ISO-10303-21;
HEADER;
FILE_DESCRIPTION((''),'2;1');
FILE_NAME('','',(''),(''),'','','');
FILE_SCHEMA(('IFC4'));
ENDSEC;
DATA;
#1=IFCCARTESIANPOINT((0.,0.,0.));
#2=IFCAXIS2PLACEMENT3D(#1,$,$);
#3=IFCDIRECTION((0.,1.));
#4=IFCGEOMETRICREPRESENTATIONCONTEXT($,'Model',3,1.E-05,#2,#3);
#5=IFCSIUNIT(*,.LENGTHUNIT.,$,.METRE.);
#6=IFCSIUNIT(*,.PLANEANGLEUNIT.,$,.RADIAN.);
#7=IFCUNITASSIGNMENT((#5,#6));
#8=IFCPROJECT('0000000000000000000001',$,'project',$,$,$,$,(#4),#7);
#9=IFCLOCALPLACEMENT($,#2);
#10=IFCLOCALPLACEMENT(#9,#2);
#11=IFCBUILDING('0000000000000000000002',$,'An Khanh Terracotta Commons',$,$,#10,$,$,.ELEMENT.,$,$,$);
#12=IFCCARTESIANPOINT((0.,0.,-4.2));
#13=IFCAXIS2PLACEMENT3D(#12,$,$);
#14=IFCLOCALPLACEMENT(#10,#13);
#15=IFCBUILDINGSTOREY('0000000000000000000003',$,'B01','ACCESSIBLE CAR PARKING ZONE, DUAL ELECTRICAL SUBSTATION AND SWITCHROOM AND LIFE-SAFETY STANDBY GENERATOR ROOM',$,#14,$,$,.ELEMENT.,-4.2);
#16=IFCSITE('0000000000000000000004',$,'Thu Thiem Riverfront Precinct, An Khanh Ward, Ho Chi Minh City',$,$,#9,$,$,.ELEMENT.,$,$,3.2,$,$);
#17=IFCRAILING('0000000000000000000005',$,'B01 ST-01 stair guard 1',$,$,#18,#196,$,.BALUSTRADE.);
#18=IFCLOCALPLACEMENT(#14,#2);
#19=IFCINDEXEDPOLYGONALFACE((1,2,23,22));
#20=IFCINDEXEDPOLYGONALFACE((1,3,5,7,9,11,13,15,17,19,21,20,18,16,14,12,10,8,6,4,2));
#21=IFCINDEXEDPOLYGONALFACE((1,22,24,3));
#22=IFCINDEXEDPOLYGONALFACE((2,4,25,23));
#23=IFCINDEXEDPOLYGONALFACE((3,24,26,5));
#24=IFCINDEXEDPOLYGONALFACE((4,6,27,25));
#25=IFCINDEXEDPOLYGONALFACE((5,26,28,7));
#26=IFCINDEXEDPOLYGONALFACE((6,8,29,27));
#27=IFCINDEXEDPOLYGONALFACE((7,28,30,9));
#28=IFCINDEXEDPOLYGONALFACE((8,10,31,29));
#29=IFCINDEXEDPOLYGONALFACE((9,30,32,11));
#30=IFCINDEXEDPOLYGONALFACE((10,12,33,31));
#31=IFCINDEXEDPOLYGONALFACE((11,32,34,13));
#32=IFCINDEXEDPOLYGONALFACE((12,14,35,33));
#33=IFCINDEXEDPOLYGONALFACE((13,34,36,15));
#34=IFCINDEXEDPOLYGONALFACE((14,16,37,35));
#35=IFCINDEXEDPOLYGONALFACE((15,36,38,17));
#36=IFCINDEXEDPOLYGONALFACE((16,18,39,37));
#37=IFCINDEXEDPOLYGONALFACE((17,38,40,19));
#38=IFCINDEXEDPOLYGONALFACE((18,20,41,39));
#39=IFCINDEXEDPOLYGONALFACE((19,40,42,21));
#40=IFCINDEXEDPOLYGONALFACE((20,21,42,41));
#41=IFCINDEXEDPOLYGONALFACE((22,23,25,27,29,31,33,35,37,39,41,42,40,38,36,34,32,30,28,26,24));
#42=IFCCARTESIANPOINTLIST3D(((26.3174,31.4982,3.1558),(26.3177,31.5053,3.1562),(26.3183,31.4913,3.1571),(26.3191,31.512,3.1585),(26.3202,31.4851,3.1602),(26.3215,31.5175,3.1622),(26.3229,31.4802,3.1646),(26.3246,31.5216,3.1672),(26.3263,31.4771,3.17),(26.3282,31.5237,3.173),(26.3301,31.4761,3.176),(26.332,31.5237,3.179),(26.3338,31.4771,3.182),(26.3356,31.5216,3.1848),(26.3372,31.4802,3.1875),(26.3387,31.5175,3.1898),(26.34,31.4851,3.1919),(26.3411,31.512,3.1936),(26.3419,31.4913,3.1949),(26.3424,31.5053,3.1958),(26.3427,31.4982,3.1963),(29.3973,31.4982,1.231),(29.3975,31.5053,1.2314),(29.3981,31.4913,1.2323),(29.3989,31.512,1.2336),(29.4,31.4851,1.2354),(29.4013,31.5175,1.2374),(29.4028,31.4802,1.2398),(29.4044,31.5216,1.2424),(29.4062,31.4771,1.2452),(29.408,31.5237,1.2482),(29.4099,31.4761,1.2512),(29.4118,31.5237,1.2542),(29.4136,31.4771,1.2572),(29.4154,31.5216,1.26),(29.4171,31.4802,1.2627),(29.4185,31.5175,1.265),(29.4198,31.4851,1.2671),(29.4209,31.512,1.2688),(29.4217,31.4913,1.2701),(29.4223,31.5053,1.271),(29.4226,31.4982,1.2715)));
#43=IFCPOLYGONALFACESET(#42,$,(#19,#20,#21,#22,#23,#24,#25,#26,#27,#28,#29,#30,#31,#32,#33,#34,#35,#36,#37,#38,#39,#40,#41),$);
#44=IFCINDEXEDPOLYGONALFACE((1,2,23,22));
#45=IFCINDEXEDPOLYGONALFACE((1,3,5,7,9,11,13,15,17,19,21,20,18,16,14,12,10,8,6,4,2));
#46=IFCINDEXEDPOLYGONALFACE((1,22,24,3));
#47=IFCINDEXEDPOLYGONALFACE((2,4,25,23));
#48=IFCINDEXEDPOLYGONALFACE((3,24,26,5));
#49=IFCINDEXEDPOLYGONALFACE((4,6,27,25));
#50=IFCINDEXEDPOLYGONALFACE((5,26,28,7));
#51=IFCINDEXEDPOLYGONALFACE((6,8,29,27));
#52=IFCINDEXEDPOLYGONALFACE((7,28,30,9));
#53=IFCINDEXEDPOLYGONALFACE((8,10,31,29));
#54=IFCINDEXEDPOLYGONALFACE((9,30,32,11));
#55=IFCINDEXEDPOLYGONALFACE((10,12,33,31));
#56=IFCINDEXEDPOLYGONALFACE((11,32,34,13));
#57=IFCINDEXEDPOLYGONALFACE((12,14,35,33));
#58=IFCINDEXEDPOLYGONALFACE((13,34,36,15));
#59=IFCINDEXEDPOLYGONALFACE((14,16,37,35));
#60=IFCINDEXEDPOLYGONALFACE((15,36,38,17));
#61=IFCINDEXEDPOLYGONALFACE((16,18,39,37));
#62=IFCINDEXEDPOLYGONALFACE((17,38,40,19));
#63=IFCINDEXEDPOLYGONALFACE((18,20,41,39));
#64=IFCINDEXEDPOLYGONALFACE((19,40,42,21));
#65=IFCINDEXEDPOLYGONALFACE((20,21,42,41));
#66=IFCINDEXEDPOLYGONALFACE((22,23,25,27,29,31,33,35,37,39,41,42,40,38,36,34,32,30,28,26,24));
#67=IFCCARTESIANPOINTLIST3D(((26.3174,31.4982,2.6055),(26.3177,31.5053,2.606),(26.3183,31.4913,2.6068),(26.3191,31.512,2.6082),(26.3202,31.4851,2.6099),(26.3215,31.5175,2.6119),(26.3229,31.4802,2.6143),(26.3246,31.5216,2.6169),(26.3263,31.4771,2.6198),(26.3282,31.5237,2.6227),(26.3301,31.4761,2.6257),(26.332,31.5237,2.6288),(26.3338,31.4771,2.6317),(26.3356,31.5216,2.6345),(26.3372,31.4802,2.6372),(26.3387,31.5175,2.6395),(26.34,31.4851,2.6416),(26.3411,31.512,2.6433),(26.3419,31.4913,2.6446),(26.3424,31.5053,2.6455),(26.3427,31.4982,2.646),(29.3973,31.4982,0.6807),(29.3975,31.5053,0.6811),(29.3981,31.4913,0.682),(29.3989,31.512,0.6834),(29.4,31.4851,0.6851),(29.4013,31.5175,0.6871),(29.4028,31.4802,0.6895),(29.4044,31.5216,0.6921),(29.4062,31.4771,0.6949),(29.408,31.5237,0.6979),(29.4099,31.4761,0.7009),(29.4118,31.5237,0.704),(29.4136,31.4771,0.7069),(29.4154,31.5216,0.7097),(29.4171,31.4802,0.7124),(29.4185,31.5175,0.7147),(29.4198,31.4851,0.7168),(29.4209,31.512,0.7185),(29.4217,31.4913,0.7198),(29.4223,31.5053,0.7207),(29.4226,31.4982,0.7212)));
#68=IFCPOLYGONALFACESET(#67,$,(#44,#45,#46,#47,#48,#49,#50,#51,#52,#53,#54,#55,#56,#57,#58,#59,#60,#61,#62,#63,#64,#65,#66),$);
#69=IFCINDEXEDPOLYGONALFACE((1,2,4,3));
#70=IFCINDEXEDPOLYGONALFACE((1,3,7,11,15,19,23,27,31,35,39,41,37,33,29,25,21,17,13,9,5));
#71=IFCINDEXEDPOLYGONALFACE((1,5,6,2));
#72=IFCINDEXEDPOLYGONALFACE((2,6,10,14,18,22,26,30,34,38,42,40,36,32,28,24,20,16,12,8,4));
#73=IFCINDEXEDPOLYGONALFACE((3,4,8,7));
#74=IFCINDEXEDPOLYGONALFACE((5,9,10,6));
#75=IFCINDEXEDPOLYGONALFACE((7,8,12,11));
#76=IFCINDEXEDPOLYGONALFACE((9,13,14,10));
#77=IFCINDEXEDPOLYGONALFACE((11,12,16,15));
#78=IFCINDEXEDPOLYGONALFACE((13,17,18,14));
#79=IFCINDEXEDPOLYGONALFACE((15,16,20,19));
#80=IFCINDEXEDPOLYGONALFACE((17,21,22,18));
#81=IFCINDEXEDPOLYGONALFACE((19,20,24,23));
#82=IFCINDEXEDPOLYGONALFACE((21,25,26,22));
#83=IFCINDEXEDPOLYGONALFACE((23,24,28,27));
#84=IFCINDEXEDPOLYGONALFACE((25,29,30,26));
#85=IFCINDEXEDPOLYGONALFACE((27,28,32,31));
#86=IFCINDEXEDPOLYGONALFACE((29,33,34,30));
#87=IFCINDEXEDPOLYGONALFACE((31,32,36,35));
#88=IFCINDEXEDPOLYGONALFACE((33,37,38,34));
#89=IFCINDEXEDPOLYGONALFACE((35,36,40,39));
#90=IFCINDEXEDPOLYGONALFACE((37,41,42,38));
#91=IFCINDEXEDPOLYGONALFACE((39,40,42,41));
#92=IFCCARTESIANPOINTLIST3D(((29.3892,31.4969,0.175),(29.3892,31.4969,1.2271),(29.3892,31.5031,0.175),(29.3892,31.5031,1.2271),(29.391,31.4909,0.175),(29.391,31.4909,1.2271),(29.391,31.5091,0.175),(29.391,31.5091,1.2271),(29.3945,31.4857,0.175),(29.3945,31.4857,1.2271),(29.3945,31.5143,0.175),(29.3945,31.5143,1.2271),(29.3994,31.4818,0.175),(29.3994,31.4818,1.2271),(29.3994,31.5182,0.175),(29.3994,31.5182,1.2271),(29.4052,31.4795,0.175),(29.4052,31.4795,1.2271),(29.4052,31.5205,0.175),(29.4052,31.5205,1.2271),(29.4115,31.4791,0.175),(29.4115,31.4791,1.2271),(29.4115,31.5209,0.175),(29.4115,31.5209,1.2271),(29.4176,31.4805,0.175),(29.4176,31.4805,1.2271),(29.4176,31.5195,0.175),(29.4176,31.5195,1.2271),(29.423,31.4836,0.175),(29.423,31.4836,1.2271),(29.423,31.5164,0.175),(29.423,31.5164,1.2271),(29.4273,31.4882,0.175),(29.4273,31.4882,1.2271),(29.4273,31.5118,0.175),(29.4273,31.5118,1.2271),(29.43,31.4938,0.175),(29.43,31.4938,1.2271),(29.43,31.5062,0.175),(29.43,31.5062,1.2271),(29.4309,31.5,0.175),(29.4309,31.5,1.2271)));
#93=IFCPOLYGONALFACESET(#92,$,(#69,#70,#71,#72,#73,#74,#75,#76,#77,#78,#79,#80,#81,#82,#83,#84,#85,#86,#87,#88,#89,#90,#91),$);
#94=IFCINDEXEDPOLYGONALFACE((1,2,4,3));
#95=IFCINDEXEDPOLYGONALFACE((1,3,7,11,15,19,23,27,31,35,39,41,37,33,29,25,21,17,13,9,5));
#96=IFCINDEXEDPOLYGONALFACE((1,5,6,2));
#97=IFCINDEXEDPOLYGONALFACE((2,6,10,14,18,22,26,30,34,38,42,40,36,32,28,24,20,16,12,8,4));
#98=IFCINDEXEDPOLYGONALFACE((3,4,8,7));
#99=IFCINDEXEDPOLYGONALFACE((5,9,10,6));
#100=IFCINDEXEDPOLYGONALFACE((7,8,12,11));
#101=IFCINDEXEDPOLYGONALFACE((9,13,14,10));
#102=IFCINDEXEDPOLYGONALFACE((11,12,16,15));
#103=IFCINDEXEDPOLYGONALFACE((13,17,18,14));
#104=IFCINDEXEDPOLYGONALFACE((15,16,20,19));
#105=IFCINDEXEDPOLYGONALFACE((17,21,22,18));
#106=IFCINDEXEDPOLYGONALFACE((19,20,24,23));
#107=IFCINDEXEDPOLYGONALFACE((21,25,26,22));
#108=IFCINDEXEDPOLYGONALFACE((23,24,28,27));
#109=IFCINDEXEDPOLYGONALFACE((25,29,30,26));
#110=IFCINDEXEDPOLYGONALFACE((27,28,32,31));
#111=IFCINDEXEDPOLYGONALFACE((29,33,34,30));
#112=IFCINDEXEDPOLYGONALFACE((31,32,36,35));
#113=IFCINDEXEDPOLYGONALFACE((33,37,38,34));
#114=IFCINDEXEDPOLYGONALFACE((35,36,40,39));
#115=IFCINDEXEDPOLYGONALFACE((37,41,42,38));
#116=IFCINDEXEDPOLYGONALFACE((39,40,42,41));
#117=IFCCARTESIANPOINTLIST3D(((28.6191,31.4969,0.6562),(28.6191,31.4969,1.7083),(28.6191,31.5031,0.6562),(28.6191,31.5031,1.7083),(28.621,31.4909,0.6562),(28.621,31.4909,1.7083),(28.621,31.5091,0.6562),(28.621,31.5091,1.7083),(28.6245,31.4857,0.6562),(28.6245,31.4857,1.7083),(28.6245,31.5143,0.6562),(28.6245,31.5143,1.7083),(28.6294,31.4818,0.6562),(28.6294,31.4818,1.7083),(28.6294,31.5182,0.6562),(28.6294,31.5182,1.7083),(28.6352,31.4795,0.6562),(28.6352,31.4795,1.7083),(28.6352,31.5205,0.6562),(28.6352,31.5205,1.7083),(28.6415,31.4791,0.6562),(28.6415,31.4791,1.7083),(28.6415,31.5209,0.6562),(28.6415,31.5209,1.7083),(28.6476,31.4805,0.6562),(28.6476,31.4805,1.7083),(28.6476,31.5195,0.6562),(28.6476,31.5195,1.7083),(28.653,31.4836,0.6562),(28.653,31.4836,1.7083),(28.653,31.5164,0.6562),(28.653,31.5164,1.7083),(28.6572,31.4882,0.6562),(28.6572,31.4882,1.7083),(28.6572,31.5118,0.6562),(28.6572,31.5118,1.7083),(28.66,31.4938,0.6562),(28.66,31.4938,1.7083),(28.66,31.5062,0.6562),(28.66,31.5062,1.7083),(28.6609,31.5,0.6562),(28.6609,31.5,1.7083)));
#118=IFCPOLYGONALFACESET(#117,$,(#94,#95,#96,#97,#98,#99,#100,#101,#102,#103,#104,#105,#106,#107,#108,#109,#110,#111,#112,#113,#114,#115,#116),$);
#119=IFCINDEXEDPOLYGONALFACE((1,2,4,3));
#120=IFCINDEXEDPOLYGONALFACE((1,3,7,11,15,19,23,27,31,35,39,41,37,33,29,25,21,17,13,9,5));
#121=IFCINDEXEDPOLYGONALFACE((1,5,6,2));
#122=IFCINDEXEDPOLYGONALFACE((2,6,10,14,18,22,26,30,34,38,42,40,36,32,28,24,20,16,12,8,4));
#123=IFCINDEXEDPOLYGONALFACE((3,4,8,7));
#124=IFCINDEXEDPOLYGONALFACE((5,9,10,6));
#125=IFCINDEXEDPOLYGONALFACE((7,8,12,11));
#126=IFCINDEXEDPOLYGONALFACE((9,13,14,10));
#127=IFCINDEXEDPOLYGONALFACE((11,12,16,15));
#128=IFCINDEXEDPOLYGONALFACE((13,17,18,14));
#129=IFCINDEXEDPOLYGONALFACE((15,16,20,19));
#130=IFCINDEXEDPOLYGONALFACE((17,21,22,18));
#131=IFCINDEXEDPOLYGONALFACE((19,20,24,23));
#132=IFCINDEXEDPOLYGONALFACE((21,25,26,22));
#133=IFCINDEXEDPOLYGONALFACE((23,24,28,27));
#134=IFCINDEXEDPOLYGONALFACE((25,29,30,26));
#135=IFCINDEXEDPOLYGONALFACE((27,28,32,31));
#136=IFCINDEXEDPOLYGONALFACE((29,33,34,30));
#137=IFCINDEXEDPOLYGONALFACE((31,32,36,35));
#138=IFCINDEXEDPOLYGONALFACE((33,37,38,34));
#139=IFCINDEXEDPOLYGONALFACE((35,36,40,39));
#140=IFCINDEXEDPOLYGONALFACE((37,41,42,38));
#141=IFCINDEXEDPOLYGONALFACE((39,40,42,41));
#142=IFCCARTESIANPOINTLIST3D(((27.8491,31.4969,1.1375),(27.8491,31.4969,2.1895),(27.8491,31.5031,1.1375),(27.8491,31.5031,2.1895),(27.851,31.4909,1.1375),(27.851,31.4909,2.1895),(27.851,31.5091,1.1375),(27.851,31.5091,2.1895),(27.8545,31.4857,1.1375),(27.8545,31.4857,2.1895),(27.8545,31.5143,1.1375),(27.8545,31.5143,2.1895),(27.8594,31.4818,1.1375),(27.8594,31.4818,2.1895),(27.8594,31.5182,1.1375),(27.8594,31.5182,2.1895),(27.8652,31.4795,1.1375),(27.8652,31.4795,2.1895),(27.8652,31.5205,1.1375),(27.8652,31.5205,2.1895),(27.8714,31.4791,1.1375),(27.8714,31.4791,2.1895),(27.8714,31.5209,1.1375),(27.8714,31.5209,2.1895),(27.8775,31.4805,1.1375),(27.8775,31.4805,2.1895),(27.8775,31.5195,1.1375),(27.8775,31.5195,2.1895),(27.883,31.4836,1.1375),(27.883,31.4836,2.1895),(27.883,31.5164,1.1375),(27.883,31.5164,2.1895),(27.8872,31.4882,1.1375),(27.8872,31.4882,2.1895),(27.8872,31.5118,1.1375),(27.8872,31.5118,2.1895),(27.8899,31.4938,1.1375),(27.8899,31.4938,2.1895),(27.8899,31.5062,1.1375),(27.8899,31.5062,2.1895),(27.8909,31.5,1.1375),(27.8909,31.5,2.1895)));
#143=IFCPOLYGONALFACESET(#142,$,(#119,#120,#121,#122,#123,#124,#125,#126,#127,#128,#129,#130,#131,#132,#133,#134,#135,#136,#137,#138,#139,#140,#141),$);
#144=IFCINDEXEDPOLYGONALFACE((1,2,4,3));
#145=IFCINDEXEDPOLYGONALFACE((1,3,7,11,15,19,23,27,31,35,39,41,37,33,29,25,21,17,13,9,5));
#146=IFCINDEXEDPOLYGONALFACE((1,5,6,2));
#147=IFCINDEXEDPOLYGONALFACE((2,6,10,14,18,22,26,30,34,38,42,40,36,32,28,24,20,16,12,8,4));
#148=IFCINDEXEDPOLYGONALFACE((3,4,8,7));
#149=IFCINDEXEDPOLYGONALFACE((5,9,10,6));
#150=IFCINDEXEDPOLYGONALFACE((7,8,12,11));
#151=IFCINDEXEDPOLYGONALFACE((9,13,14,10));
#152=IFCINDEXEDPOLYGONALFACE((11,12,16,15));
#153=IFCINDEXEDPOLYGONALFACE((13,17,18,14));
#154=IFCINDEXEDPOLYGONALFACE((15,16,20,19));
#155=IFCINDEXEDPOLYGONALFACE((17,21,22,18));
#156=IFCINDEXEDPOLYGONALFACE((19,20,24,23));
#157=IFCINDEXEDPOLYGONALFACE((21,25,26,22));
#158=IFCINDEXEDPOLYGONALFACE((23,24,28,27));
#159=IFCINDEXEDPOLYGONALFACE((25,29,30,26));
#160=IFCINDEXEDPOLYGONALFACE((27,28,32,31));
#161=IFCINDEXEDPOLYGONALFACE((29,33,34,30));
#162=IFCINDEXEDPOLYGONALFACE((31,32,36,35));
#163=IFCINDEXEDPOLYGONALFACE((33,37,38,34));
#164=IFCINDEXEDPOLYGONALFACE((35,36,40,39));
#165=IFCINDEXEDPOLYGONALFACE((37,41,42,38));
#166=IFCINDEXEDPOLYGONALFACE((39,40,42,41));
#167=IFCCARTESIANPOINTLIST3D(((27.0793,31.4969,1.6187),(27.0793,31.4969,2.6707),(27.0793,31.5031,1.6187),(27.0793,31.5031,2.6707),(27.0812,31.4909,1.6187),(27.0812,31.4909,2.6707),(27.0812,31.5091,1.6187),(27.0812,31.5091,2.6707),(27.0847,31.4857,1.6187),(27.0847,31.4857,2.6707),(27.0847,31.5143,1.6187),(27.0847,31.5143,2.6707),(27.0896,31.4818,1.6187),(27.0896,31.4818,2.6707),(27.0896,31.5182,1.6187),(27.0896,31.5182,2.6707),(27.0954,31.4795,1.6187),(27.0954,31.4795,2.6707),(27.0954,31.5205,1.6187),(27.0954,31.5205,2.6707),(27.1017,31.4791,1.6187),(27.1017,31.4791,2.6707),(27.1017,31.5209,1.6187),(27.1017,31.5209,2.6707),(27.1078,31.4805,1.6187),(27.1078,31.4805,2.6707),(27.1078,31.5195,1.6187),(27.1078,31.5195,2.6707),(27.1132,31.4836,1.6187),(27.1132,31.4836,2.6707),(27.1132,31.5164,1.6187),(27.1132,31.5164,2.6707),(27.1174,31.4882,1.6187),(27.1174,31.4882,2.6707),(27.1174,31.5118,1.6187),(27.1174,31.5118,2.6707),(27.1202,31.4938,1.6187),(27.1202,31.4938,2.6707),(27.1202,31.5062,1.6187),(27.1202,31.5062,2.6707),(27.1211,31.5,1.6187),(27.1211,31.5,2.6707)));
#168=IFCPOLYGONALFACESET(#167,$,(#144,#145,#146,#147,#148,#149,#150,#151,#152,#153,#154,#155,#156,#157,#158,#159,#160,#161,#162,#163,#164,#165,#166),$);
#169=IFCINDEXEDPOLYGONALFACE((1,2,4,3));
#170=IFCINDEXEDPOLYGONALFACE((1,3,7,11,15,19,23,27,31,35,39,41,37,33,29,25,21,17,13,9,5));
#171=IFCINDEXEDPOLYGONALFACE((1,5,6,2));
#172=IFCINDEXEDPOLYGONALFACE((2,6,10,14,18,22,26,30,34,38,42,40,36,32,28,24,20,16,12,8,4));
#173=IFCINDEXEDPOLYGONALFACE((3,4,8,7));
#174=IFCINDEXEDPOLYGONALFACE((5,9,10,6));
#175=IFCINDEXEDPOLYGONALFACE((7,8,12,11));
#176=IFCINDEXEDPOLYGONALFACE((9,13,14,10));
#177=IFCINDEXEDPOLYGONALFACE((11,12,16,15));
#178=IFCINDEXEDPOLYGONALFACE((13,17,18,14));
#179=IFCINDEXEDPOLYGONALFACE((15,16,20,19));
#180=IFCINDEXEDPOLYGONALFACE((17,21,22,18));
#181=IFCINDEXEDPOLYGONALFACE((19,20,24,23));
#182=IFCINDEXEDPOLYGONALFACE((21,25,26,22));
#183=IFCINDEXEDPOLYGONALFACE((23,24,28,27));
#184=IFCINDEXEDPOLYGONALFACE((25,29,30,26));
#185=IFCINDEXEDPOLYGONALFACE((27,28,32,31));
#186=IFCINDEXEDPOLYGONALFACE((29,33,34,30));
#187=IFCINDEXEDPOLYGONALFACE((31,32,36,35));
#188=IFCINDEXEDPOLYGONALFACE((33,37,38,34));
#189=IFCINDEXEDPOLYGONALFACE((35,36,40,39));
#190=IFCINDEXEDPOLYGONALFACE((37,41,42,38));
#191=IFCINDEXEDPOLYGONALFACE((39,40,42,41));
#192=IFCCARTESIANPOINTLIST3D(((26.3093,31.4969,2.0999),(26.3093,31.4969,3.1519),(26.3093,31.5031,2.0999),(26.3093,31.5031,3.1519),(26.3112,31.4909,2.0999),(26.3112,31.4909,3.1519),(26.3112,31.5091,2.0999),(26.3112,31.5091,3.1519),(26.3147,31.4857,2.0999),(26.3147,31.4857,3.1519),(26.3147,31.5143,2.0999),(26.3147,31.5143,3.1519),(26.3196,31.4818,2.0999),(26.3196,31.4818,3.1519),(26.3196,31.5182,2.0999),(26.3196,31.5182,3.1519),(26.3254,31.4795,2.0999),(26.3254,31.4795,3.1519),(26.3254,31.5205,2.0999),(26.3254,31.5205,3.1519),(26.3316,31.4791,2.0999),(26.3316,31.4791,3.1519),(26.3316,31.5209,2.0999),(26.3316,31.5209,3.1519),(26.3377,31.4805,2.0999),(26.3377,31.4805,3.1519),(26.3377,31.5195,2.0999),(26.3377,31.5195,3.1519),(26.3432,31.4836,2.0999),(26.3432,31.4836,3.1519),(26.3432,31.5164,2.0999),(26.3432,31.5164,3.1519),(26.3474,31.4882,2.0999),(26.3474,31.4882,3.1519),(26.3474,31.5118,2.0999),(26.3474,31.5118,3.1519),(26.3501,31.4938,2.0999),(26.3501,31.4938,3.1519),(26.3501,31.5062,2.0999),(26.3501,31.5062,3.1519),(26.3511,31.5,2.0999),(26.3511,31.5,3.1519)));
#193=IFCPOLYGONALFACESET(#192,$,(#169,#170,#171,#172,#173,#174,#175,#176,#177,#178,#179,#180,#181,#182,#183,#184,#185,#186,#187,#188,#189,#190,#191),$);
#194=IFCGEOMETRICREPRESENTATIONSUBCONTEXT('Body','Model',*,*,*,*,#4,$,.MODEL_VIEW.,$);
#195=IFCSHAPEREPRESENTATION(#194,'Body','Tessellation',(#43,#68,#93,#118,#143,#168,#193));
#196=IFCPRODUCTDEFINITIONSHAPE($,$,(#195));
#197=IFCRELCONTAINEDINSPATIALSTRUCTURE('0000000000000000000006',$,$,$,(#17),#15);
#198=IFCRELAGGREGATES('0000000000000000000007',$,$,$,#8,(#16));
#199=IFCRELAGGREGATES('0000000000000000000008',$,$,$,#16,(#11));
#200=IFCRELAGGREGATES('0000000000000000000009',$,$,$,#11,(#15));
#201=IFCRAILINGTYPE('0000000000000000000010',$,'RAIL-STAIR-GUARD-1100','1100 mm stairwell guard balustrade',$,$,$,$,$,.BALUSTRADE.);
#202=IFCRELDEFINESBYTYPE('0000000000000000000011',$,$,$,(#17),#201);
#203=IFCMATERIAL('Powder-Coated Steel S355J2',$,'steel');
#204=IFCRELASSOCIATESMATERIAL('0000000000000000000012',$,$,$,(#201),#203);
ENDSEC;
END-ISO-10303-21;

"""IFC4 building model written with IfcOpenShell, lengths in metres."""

from ifc_helpers import new_model, si_unit, direction, frame, origin, origin_2d, place, context, subcontext, project, spatial, circle, extrude, material, type_object, element, save


model = new_model("IFC4")

# Units and contexts
model_context = context("Model", 3, precision=1e-05, world=origin(), true_north=direction((0.0, 1.0)))
body_context = subcontext(model_context, "Body", "Model", "MODEL_VIEW")
ifc_project = project(units=[si_unit("LENGTHUNIT", "METRE"), si_unit("PLANEANGLEUNIT", "RADIAN")], contexts=[model_context])

# Site, building, storey
site_placement = place(None, origin())
site = spatial("IfcSite", under=ifc_project, at=site_placement, Name="Thu Thiem Riverfront Precinct, An Khanh Ward, Ho Chi Minh City", CompositionType="ELEMENT", RefElevation=3.2)
building_placement = place(site_placement, origin())
building = spatial("IfcBuilding", under=site, at=building_placement, Name="An Khanh Terracotta Commons", CompositionType="ELEMENT")
storey_placement = place(building_placement, frame((0.0, 0.0, -4.2)))
storey = spatial("IfcBuildingStorey", under=building, at=storey_placement, Name="B01", Description="ACCESSIBLE CAR PARKING ZONE, DUAL ELECTRICAL SUBSTATION AND SWITCHROOM AND LIFE-SAFETY STANDBY GENERATOR ROOM", CompositionType="ELEMENT", Elevation=-4.2)

# Railing
ifc_material_1 = material(Name="Powder-Coated Steel S355J2", Category="steel")
railing_type_1 = type_object("IfcRailingType", Name="RAIL-STAIR-GUARD-1100", Description="1100 mm stairwell guard balustrade", PredefinedType="BALUSTRADE", material=ifc_material_1)
railing_1_placement = place(storey_placement, frame((29.4099, 31.5, 0.175)))
element("IfcRailing", 1, at=railing_1_placement, inside=storey, type_object=railing_type_1, Name="B01 ST-01 stair guard 1", PredefinedType="BALUSTRADE", context=body_context, shape_type="SweptSolid", body=[
    extrude(circle(Radius=0.0239, at=origin_2d()), frame((0.0, 0.0, 1.0762), z_axis=(-0.84801, 0.0, 0.529981), x_axis=(0.0, -1.0, 0.0)), (0.0, 0.0, 1.0), 3.6318),
    extrude(circle(Radius=0.0239, at=origin_2d()), frame((0.0, 0.0, 0.5259), z_axis=(-0.84801, 0.0, 0.529981), x_axis=(0.0, -1.0, 0.0)), (0.0, 0.0, 1.0), 3.6318),
    extrude(circle(Radius=0.021, at=origin_2d()), origin(), (0.0, 0.0, 1.0), 1.052),
    extrude(circle(Radius=0.021, at=origin_2d()), frame((-0.77, 0.0, 0.4812)), (0.0, 0.0, 1.0), 1.052),
    extrude(circle(Radius=0.021, at=origin_2d()), frame((-1.54, 0.0, 0.9624)), (0.0, 0.0, 1.0), 1.052),
    extrude(circle(Radius=0.021, at=origin_2d()), frame((-2.3098, 0.0, 1.4436)), (0.0, 0.0, 1.0), 1.052),
    extrude(circle(Radius=0.021, at=origin_2d()), frame((-3.0798, 0.0, 1.9248)), (0.0, 0.0, 1.0), 1.052),
])

save(model, "model.ifc")
